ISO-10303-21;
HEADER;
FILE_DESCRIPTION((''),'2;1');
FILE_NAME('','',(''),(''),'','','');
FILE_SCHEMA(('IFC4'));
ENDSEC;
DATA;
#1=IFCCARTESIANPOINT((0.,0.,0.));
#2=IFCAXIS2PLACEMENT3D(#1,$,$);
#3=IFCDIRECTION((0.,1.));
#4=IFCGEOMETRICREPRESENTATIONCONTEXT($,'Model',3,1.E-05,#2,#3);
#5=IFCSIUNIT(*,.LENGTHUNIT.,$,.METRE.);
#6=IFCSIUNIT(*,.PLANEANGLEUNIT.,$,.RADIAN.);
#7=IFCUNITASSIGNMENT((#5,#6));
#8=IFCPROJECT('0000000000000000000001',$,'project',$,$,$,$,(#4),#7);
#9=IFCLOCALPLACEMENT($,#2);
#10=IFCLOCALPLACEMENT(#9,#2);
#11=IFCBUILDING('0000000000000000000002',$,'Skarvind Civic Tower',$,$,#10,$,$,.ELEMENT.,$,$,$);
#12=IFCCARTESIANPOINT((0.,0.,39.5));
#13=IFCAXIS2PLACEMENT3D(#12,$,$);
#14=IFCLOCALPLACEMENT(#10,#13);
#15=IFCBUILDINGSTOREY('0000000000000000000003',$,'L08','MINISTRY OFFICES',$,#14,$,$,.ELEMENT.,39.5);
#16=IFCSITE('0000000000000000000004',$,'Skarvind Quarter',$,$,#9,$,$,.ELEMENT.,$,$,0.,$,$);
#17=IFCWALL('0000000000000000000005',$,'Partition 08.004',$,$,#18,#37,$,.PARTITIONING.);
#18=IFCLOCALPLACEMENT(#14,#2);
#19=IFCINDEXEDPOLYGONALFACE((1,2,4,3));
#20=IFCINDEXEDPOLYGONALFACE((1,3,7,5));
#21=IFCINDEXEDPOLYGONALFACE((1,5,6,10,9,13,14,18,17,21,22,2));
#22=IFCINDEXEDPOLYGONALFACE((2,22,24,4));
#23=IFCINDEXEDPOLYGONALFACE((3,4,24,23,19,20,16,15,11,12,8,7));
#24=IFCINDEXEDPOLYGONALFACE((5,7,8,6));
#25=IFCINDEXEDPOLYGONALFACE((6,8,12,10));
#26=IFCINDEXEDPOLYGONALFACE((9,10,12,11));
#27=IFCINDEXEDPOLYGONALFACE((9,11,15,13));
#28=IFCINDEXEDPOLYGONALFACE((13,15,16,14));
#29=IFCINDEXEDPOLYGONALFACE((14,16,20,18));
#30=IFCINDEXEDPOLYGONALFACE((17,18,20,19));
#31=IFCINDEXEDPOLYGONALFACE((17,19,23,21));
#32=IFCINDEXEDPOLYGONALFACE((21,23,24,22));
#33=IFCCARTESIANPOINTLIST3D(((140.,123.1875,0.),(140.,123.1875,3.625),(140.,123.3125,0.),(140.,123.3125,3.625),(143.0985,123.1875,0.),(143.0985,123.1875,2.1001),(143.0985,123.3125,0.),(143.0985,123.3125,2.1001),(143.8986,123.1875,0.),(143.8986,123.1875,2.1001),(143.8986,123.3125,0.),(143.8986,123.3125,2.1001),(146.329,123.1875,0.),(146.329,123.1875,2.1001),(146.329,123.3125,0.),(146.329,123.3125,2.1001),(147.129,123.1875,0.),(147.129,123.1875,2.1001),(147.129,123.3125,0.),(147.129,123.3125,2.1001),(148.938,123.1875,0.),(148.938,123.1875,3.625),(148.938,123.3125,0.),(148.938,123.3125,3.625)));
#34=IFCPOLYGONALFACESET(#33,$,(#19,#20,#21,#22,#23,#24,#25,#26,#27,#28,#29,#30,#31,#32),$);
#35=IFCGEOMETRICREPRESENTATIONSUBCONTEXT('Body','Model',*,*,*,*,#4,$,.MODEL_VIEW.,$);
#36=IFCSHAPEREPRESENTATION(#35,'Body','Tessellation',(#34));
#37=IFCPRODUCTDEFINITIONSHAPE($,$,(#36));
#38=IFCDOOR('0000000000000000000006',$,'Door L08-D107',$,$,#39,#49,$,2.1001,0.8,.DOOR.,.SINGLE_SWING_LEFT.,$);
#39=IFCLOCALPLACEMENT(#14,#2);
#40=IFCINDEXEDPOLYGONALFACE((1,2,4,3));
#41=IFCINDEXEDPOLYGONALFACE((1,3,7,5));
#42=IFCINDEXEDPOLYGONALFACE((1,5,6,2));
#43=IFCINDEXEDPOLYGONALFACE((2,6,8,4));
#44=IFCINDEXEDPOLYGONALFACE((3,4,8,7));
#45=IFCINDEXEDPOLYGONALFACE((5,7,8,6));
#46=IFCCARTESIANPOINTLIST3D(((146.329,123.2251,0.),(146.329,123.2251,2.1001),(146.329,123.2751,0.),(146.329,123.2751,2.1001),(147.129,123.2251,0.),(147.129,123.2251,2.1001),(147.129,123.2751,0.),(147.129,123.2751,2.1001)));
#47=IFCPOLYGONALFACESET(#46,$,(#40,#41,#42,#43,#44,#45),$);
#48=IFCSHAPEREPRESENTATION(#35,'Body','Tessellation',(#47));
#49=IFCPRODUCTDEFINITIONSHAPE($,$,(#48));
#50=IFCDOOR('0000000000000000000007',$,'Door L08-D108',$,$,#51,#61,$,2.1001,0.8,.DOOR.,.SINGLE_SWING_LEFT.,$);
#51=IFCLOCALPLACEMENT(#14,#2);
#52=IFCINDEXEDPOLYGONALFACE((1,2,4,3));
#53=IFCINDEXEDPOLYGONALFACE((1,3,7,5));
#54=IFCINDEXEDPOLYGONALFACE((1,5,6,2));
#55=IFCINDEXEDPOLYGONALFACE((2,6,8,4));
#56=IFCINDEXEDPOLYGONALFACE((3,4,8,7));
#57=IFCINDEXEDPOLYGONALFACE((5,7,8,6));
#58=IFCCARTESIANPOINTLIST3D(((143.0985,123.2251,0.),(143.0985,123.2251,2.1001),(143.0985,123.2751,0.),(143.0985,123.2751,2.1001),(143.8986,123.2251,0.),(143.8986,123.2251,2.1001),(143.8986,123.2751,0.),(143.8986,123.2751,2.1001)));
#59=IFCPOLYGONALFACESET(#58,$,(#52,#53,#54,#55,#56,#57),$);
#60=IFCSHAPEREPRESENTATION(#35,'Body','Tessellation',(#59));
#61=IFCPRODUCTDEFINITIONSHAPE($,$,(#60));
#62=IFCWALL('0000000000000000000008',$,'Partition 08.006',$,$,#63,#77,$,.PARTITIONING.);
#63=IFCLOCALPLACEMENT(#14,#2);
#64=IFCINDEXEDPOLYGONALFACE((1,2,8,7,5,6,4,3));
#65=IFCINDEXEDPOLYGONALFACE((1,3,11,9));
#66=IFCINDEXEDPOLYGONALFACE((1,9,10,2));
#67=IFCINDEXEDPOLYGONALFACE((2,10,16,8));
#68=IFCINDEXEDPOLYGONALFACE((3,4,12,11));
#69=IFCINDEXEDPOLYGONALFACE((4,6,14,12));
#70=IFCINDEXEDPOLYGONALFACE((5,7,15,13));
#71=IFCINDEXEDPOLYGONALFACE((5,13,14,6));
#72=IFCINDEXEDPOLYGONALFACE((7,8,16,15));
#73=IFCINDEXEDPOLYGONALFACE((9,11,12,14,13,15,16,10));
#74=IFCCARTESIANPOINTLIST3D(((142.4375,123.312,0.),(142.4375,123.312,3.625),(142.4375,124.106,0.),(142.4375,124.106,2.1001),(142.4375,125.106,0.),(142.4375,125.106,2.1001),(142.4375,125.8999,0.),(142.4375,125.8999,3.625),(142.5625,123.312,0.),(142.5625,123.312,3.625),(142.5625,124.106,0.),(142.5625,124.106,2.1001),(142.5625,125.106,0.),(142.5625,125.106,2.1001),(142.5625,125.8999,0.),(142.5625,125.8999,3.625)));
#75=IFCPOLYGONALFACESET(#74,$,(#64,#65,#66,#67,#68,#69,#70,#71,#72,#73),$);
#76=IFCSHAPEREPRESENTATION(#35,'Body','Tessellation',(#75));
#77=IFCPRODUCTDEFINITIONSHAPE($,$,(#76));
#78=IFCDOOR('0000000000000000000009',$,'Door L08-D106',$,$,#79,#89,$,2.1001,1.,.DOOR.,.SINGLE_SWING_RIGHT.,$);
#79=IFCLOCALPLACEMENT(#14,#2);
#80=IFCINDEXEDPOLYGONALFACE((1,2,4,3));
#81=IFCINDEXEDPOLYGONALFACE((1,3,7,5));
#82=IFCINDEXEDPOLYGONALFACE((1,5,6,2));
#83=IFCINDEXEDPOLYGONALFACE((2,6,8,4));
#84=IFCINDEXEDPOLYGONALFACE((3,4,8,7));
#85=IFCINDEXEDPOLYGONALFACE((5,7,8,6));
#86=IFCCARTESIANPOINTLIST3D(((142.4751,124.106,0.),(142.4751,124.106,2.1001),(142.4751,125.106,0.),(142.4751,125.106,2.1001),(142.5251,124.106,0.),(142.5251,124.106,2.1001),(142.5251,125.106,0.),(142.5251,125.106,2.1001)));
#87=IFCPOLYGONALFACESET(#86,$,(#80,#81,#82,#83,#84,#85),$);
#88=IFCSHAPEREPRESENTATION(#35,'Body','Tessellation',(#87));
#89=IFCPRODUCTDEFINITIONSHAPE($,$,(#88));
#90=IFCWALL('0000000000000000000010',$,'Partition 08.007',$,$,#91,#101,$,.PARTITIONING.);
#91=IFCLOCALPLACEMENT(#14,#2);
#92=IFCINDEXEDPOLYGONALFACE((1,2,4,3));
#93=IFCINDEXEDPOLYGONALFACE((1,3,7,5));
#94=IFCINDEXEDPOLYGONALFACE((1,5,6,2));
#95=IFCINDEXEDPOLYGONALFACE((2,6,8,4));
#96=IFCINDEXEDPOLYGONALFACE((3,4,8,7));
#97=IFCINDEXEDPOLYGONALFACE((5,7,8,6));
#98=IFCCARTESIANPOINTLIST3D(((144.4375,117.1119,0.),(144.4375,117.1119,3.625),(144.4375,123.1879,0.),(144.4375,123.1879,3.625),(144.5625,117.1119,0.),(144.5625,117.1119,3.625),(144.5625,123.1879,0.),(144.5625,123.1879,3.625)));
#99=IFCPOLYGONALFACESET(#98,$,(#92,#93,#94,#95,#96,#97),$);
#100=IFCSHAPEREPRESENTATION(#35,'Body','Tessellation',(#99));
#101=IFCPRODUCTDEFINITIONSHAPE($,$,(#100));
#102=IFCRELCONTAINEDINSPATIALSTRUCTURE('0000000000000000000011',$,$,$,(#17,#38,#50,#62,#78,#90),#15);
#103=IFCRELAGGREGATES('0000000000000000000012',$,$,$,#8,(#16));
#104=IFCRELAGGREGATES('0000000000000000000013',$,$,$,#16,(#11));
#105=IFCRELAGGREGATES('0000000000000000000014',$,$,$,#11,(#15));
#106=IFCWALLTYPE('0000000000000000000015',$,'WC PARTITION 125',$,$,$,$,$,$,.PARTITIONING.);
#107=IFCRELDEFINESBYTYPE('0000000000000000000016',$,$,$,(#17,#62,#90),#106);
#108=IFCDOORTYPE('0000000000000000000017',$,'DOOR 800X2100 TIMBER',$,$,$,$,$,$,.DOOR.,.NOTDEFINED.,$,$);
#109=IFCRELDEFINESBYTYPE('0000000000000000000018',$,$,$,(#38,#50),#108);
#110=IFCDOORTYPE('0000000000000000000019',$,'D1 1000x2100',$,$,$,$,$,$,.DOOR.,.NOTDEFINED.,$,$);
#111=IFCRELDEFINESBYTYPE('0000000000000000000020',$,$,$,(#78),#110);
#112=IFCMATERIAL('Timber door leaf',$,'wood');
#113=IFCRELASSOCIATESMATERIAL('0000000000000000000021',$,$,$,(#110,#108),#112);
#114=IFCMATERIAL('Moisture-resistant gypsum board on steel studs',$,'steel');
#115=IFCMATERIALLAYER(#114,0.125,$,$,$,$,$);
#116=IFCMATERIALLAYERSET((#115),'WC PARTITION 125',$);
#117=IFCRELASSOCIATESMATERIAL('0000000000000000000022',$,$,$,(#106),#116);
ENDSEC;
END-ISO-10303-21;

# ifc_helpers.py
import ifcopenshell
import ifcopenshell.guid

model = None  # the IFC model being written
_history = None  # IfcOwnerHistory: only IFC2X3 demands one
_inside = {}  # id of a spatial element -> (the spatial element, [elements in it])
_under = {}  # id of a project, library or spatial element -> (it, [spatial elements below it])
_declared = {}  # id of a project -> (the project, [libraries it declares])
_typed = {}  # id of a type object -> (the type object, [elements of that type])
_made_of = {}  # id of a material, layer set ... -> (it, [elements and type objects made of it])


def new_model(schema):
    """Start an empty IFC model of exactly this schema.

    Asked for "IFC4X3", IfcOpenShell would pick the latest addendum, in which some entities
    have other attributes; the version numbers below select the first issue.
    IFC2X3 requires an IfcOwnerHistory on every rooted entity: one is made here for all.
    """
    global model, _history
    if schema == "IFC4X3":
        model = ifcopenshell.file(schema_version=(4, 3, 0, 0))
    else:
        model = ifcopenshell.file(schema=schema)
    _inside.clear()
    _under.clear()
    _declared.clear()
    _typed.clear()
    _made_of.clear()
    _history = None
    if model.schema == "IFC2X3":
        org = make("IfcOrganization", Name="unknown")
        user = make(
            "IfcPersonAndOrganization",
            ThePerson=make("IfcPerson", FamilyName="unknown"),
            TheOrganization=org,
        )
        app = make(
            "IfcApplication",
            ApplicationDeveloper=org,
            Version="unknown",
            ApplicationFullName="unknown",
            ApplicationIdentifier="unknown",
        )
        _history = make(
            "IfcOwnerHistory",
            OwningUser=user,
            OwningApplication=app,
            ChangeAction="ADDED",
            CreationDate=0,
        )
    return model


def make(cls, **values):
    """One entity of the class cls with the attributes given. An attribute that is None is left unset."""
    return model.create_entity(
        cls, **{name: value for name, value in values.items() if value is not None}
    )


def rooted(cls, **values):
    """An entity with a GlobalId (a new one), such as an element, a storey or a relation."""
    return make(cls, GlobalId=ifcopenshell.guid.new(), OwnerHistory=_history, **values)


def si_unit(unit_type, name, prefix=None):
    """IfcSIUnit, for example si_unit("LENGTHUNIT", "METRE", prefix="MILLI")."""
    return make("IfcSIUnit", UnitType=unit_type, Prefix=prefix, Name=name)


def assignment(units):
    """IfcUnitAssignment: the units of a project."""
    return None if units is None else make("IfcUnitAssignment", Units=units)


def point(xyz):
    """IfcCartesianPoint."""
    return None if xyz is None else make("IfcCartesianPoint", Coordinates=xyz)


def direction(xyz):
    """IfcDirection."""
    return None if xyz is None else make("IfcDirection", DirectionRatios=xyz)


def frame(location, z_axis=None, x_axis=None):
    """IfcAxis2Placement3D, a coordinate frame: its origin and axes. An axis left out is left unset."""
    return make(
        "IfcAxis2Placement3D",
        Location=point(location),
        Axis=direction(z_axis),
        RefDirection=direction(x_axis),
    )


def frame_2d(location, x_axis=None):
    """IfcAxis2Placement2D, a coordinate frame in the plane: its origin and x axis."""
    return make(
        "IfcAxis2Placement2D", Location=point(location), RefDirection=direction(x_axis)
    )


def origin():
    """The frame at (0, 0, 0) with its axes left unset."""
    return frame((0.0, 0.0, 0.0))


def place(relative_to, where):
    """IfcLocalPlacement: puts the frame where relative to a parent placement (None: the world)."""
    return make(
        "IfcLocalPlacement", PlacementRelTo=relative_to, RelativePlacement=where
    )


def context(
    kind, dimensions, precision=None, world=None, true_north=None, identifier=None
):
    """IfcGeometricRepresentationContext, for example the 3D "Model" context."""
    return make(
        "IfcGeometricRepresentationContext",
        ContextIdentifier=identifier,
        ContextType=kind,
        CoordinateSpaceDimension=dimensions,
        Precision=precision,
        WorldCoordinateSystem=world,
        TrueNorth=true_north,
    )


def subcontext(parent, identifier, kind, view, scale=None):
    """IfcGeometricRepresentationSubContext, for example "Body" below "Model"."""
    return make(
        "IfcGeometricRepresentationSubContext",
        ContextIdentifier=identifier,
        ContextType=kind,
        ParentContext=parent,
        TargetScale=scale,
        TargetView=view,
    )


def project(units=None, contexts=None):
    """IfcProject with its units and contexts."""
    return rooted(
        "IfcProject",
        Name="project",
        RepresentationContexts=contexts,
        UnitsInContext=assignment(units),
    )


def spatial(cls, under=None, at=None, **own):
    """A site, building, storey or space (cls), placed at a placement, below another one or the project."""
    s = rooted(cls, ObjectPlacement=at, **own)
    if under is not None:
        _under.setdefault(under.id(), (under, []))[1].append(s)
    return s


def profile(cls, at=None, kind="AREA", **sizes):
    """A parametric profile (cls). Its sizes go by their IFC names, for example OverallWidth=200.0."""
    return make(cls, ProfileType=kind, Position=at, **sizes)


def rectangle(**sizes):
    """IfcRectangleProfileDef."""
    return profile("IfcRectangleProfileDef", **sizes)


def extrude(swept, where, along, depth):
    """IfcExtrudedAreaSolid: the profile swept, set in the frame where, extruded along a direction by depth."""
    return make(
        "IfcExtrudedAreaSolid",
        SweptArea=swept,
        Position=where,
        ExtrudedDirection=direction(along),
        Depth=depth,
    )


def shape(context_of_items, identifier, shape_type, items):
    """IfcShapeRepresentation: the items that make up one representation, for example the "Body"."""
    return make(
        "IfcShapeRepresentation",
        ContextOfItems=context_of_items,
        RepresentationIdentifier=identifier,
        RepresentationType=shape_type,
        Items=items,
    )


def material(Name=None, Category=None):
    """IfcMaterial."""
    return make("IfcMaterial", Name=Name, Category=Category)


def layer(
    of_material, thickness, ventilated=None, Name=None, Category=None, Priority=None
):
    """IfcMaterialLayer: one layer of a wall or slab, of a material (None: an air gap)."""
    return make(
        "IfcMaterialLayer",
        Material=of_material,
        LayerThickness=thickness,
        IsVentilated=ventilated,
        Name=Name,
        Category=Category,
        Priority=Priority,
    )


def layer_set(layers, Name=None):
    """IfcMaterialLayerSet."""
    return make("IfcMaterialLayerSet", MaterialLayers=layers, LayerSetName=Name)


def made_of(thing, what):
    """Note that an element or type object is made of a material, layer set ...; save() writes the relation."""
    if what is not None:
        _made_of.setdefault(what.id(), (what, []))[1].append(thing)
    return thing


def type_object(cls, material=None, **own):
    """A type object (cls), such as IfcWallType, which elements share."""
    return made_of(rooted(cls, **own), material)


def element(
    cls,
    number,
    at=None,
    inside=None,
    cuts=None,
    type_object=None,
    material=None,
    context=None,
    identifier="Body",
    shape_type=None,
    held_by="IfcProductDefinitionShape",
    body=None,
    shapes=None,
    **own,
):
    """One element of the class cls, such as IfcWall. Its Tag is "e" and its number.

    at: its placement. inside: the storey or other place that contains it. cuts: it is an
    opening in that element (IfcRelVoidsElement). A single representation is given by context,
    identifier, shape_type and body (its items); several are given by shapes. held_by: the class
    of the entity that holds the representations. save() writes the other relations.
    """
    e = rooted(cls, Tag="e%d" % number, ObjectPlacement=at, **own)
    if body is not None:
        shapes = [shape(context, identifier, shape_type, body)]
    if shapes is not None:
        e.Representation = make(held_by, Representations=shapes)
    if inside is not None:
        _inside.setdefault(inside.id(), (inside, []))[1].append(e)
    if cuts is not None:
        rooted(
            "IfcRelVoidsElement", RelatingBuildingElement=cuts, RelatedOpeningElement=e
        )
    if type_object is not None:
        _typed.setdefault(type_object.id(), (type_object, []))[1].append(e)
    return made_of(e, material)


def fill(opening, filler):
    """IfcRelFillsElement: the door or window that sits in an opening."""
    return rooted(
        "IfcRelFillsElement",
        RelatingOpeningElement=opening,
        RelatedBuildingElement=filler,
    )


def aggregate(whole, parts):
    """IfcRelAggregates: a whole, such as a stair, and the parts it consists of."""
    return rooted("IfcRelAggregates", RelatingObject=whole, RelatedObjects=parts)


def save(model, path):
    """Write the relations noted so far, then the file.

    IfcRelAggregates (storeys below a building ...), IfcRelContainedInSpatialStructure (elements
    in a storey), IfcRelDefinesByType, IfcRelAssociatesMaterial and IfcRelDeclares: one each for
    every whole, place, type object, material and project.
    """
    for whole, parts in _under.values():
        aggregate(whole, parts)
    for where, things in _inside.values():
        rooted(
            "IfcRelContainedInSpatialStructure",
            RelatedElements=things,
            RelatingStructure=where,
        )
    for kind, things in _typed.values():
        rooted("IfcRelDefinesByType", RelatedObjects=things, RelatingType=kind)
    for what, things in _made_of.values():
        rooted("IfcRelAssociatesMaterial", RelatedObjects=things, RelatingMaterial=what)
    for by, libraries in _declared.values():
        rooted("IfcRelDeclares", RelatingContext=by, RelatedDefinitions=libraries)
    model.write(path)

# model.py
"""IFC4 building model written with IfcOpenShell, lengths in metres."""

from ifc_helpers import new_model, si_unit, direction, frame, frame_2d, origin, place, context, subcontext, project, spatial, rectangle, extrude, material, layer, layer_set, type_object, element, fill, save


model = new_model("IFC4")

# Units and contexts
model_context = context("Model", 3, precision=1e-05, world=origin(), true_north=direction((0.0, 1.0)))
body_context = subcontext(model_context, "Body", "Model", "MODEL_VIEW")
ifc_project = project(units=[si_unit("LENGTHUNIT", "METRE"), si_unit("PLANEANGLEUNIT", "RADIAN")], contexts=[model_context])

# Site, building, storey
site_placement = place(None, origin())
site = spatial("IfcSite", under=ifc_project, at=site_placement, Name="Skarvind Quarter", CompositionType="ELEMENT", RefElevation=0.0)
building_placement = place(site_placement, origin())
building = spatial("IfcBuilding", under=site, at=building_placement, Name="Skarvind Civic Tower", CompositionType="ELEMENT")
storey_placement = place(building_placement, frame((0.0, 0.0, 39.5)))
storey = spatial("IfcBuildingStorey", under=building, at=storey_placement, Name="L08", Description="MINISTRY OFFICES", CompositionType="ELEMENT", Elevation=39.5)

# Shared definitions
ifc_material_1 = material(Name="Timber door leaf", Category="wood")
door_type_1 = type_object("IfcDoorType", Name="D1 1000x2100", OperationType="NOTDEFINED", PredefinedType="DOOR", material=ifc_material_1)

# Wall, openings, doors
ifc_material_2 = material(Name="Moisture-resistant gypsum board on steel studs", Category="steel")
ifc_layer_1 = layer(ifc_material_2, 0.125)
ifc_layer_set_1 = layer_set([ifc_layer_1], Name="WC PARTITION 125")
wall_type_1 = type_object("IfcWallType", Name="WC PARTITION 125", PredefinedType="PARTITIONING", material=ifc_layer_set_1)
wall_1_placement = place(storey_placement, frame((148.938, 123.25, 0.0), z_axis=(0.0, 0.0, 1.0), x_axis=(-1.0, 0.0, 0.0)))
wall_1 = element("IfcWall", 1, at=wall_1_placement, inside=storey, type_object=wall_type_1, Name="Partition 08.004", PredefinedType="PARTITIONING", context=body_context, shape_type="SweptSolid", body=[
    extrude(rectangle(XDim=8.938, YDim=0.125, at=frame_2d((4.469, 0.0))), origin(), (0.0, 0.0, 1.0), 3.625),
])
opening_1_placement = place(wall_1_placement, frame((1.8091, 0.0, 0.0)))
opening_1 = element("IfcOpeningElement", 2, at=opening_1_placement, cuts=wall_1, PredefinedType="OPENING", context=body_context, shape_type="SweptSolid", body=[
    extrude(rectangle(XDim=0.8, YDim=2.1001, at=frame_2d((0.3999, 1.05))), frame((0.0, 0.0725, 0.0), z_axis=(0.0, -1.0, 0.0), x_axis=(1.0, 0.0, 0.0)), (0.0, 0.0, 1.0), 0.145),
])
opening_2_placement = place(wall_1_placement, frame((5.0396, 0.0, 0.0)))
opening_2 = element("IfcOpeningElement", 3, at=opening_2_placement, cuts=wall_1, PredefinedType="OPENING", context=body_context, shape_type="SweptSolid", body=[
    extrude(rectangle(XDim=0.8, YDim=2.1001, at=frame_2d((0.3999, 1.05))), frame((0.0, 0.0725, 0.0), z_axis=(0.0, -1.0, 0.0), x_axis=(1.0, 0.0, 0.0)), (0.0, 0.0, 1.0), 0.145),
])
door_type_2 = type_object("IfcDoorType", Name="DOOR 800X2100 TIMBER", OperationType="NOTDEFINED", PredefinedType="DOOR", material=ifc_material_1)
door_1_placement = place(opening_1_placement, origin())
door_1 = element("IfcDoor", 4, at=door_1_placement, inside=storey, type_object=door_type_2, Name="Door L08-D107", OperationType="SINGLE_SWING_LEFT", OverallHeight=2.1001, OverallWidth=0.8, PredefinedType="DOOR", context=body_context, shape_type="SweptSolid", body=[
    extrude(rectangle(XDim=0.8, YDim=2.1001, at=frame_2d((0.3999, 1.05))), frame((0.0, 0.0249, 0.0), z_axis=(0.0, -1.0, 0.0), x_axis=(1.0, 0.0, 0.0)), (0.0, 0.0, 1.0), 0.05),
])
fill(opening_1, door_1)
door_2_placement = place(opening_2_placement, origin())
door_2 = element("IfcDoor", 5, at=door_2_placement, inside=storey, type_object=door_type_2, Name="Door L08-D108", OperationType="SINGLE_SWING_LEFT", OverallHeight=2.1001, OverallWidth=0.8, PredefinedType="DOOR", context=body_context, shape_type="SweptSolid", body=[
    extrude(rectangle(XDim=0.8, YDim=2.1001, at=frame_2d((0.3999, 1.05))), frame((0.0, 0.0249, 0.0), z_axis=(0.0, -1.0, 0.0), x_axis=(1.0, 0.0, 0.0)), (0.0, 0.0, 1.0), 0.05),
])
fill(opening_2, door_2)

# Wall, opening, door
wall_2_placement = place(storey_placement, frame((142.5, 123.312, 0.0), z_axis=(0.0, 0.0, 1.0), x_axis=(0.0, 1.0, 0.0)))
wall_2 = element("IfcWall", 6, at=wall_2_placement, inside=storey, type_object=wall_type_1, Name="Partition 08.006", PredefinedType="PARTITIONING", context=body_context, shape_type="SweptSolid", body=[
    extrude(rectangle(XDim=2.5879, YDim=0.125, at=frame_2d((1.2939, 0.0))), origin(), (0.0, 0.0, 1.0), 3.625),
])
opening_3_placement = place(wall_2_placement, frame((0.7939, 0.0, 0.0)))
opening_3 = element("IfcOpeningElement", 7, at=opening_3_placement, cuts=wall_2, PredefinedType="OPENING", context=body_context, shape_type="SweptSolid", body=[
    extrude(rectangle(XDim=1.0, YDim=2.1001, at=frame_2d((0.5, 1.05))), frame((0.0, 0.0725, 0.0), z_axis=(0.0, -1.0, 0.0), x_axis=(1.0, 0.0, 0.0)), (0.0, 0.0, 1.0), 0.145),
])
door_3_placement = place(opening_3_placement, origin())
door_3 = element("IfcDoor", 8, at=door_3_placement, inside=storey, type_object=door_type_1, Name="Door L08-D106", OperationType="SINGLE_SWING_RIGHT", OverallHeight=2.1001, OverallWidth=1.0, PredefinedType="DOOR", context=body_context, shape_type="SweptSolid", body=[
    extrude(rectangle(XDim=1.0, YDim=2.1001, at=frame_2d((0.5, 1.05))), frame((0.0, 0.0249, 0.0), z_axis=(0.0, -1.0, 0.0), x_axis=(1.0, 0.0, 0.0)), (0.0, 0.0, 1.0), 0.05),
])
fill(opening_3, door_3)

# Wall
wall_3_placement = place(storey_placement, frame((144.5, 123.188, 0.0), z_axis=(0.0, 0.0, 1.0), x_axis=(0.0, -1.0, 0.0)))
element("IfcWall", 9, at=wall_3_placement, inside=storey, type_object=wall_type_1, Name="Partition 08.007", PredefinedType="PARTITIONING", context=body_context, shape_type="SweptSolid", body=[
    extrude(rectangle(XDim=6.0759, YDim=0.125, at=frame_2d((3.0381, 0.0))), origin(), (0.0, 0.0, 1.0), 3.625),
])

save(model, "model.ifc")
